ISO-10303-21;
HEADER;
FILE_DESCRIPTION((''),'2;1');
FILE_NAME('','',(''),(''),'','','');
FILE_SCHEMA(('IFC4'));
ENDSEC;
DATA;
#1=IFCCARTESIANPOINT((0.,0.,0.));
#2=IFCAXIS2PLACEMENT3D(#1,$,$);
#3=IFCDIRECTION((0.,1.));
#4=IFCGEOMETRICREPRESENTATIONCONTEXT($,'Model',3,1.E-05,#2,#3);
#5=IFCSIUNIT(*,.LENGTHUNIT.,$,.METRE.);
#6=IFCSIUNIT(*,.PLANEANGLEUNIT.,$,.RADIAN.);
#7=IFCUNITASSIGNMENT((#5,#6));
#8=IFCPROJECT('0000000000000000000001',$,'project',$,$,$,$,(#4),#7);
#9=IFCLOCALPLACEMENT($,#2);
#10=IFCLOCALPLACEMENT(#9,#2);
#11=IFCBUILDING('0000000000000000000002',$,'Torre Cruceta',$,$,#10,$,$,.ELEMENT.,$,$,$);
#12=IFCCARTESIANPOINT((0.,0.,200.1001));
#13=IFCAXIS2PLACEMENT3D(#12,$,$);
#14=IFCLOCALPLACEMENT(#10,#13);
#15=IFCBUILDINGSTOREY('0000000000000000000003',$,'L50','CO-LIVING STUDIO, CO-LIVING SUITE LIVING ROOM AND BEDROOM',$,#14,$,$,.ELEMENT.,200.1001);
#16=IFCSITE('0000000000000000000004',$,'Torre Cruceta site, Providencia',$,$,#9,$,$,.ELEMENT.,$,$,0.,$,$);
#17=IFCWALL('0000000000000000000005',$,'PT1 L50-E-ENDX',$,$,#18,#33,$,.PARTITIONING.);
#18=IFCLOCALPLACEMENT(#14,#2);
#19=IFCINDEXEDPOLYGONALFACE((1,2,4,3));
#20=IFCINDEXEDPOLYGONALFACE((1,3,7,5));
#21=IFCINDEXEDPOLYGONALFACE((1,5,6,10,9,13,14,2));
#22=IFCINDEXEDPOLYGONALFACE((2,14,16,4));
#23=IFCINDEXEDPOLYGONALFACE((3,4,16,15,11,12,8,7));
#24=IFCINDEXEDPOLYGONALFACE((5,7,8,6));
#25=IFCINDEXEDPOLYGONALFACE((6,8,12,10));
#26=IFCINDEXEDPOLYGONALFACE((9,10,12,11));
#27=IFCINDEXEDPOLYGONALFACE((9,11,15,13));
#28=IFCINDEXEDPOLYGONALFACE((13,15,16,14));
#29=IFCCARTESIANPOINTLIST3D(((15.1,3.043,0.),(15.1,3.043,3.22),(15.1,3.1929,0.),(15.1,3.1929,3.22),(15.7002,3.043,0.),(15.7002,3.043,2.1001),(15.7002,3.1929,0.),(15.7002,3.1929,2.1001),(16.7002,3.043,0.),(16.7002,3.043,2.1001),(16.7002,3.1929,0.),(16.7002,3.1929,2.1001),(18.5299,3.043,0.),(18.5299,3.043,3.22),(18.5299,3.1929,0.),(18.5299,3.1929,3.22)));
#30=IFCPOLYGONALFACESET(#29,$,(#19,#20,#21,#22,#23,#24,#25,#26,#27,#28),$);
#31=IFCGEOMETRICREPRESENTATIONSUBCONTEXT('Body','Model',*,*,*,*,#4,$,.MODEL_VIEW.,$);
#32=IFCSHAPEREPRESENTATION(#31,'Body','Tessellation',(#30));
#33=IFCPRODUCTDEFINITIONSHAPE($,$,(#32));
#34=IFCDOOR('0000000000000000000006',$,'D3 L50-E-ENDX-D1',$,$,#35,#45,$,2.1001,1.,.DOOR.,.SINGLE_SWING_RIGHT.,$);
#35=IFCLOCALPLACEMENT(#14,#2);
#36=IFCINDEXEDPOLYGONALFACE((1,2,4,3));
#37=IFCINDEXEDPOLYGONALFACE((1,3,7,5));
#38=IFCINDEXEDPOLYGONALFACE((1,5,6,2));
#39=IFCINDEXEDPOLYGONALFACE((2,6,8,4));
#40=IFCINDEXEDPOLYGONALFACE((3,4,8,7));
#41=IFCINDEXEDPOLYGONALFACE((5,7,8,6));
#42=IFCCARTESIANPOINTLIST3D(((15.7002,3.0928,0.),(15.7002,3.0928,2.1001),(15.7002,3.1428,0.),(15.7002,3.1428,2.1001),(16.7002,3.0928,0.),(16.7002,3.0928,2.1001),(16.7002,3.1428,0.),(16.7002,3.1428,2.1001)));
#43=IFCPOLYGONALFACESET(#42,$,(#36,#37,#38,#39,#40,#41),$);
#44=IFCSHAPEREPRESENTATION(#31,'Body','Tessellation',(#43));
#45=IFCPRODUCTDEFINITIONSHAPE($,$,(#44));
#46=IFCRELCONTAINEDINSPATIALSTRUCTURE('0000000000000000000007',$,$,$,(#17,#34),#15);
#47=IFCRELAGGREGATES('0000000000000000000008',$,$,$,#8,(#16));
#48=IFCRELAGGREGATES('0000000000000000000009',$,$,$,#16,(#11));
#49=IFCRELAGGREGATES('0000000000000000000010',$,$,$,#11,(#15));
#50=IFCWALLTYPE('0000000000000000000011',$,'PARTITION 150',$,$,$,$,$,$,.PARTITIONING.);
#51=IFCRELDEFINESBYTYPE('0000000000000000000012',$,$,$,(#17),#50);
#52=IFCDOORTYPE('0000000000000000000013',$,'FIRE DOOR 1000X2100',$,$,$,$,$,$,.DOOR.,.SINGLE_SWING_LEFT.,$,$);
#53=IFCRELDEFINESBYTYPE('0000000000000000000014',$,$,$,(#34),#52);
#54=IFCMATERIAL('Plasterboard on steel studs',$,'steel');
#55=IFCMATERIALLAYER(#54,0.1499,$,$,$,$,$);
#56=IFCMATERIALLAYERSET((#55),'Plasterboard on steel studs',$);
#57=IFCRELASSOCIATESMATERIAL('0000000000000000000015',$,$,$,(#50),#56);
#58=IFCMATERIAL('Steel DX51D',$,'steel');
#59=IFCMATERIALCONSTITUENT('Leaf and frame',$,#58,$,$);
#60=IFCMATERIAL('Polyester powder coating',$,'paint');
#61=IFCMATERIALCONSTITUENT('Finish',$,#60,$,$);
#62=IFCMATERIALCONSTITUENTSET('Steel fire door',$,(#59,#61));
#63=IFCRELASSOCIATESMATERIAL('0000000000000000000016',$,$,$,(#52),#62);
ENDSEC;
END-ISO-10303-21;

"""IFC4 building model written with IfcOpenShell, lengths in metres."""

from ifc_helpers import new_model, si_unit, direction, frame, frame_2d, origin, place, context, subcontext, project, spatial, rectangle, extrude, material, layer, layer_set, constituent, constituent_set, type_object, element, fill, save


model = new_model("IFC4")

# Units and contexts
model_context = context("Model", 3, precision=1e-05, world=origin(), true_north=direction((0.0, 1.0)))
body_context = subcontext(model_context, "Body", "Model", "MODEL_VIEW")
ifc_project = project(units=[si_unit("LENGTHUNIT", "METRE"), si_unit("PLANEANGLEUNIT", "RADIAN")], contexts=[model_context])

# Site, building, storey
site_placement = place(None, origin())
site = spatial("IfcSite", under=ifc_project, at=site_placement, Name="Torre Cruceta site, Providencia", CompositionType="ELEMENT", RefElevation=0.0)
building_placement = place(site_placement, origin())
building = spatial("IfcBuilding", under=site, at=building_placement, Name="Torre Cruceta", CompositionType="ELEMENT")
storey_placement = place(building_placement, frame((0.0, 0.0, 200.1001)))
storey = spatial("IfcBuildingStorey", under=building, at=storey_placement, Name="L50", Description="CO-LIVING STUDIO, CO-LIVING SUITE LIVING ROOM AND BEDROOM", CompositionType="ELEMENT", Elevation=200.1001)

# Wall, opening, door
ifc_material_1 = material(Name="Plasterboard on steel studs", Category="steel")
ifc_layer_1 = layer(ifc_material_1, 0.1499)
ifc_layer_set_1 = layer_set([ifc_layer_1], Name="Plasterboard on steel studs")
wall_type_1 = type_object("IfcWallType", Name="PARTITION 150", PredefinedType="PARTITIONING", material=ifc_layer_set_1)
wall_1_placement = place(storey_placement, frame((15.1001, 3.1179, 0.0), z_axis=(0.0, 0.0, 1.0), x_axis=(1.0, 0.0, 0.0)))
wall_1 = element("IfcWall", 1, at=wall_1_placement, inside=storey, type_object=wall_type_1, Name="PT1 L50-E-ENDX", PredefinedType="PARTITIONING", context=body_context, shape_type="SweptSolid", body=[
    extrude(rectangle(XDim=3.4299, YDim=0.1499, at=frame_2d((1.7148, 0.0))), origin(), (0.0, 0.0, 1.0), 3.22),
])
opening_1_placement = place(wall_1_placement, frame((0.6001, 0.0, 0.0)))
opening_1 = element("IfcOpeningElement", 2, at=opening_1_placement, cuts=wall_1, PredefinedType="OPENING", context=body_context, shape_type="SweptSolid", body=[
    extrude(rectangle(XDim=1.0, YDim=2.1001, at=frame_2d((0.5, 1.05))), frame((0.0, 0.085, 0.0), z_axis=(0.0, -1.0, 0.0), x_axis=(1.0, 0.0, 0.0)), (0.0, 0.0, 1.0), 0.1699),
])
ifc_material_2 = material(Name="Steel DX51D", Category="steel")
ifc_constituent_1 = constituent(ifc_material_2, Name="Leaf and frame")
ifc_material_3 = material(Name="Polyester powder coating", Category="paint")
ifc_constituent_2 = constituent(ifc_material_3, Name="Finish")
ifc_constituent_set_1 = constituent_set(constituents=[ifc_constituent_1, ifc_constituent_2], Name="Steel fire door")
door_type = type_object("IfcDoorType", Name="FIRE DOOR 1000X2100", OperationType="SINGLE_SWING_LEFT", PredefinedType="DOOR", material=ifc_constituent_set_1)
door_placement = place(opening_1_placement, frame((1.0, 0.0, 0.0), z_axis=(0.0, 0.0, 1.0), x_axis=(-1.0, 0.0, 0.0)))
door = element("IfcDoor", 3, at=door_placement, inside=storey, type_object=door_type, Name="D3 L50-E-ENDX-D1", OperationType="SINGLE_SWING_RIGHT", OverallHeight=2.1001, OverallWidth=1.0, PredefinedType="DOOR", context=body_context, shape_type="SweptSolid", body=[
    extrude(rectangle(XDim=1.0, YDim=2.1001, at=frame_2d((0.5, 1.05))), frame((0.0, 0.0251, 0.0), z_axis=(0.0, -1.0, 0.0), x_axis=(1.0, 0.0, 0.0)), (0.0, 0.0, 1.0), 0.05),
])
fill(opening_1, door)

save(model, "model.ifc")
